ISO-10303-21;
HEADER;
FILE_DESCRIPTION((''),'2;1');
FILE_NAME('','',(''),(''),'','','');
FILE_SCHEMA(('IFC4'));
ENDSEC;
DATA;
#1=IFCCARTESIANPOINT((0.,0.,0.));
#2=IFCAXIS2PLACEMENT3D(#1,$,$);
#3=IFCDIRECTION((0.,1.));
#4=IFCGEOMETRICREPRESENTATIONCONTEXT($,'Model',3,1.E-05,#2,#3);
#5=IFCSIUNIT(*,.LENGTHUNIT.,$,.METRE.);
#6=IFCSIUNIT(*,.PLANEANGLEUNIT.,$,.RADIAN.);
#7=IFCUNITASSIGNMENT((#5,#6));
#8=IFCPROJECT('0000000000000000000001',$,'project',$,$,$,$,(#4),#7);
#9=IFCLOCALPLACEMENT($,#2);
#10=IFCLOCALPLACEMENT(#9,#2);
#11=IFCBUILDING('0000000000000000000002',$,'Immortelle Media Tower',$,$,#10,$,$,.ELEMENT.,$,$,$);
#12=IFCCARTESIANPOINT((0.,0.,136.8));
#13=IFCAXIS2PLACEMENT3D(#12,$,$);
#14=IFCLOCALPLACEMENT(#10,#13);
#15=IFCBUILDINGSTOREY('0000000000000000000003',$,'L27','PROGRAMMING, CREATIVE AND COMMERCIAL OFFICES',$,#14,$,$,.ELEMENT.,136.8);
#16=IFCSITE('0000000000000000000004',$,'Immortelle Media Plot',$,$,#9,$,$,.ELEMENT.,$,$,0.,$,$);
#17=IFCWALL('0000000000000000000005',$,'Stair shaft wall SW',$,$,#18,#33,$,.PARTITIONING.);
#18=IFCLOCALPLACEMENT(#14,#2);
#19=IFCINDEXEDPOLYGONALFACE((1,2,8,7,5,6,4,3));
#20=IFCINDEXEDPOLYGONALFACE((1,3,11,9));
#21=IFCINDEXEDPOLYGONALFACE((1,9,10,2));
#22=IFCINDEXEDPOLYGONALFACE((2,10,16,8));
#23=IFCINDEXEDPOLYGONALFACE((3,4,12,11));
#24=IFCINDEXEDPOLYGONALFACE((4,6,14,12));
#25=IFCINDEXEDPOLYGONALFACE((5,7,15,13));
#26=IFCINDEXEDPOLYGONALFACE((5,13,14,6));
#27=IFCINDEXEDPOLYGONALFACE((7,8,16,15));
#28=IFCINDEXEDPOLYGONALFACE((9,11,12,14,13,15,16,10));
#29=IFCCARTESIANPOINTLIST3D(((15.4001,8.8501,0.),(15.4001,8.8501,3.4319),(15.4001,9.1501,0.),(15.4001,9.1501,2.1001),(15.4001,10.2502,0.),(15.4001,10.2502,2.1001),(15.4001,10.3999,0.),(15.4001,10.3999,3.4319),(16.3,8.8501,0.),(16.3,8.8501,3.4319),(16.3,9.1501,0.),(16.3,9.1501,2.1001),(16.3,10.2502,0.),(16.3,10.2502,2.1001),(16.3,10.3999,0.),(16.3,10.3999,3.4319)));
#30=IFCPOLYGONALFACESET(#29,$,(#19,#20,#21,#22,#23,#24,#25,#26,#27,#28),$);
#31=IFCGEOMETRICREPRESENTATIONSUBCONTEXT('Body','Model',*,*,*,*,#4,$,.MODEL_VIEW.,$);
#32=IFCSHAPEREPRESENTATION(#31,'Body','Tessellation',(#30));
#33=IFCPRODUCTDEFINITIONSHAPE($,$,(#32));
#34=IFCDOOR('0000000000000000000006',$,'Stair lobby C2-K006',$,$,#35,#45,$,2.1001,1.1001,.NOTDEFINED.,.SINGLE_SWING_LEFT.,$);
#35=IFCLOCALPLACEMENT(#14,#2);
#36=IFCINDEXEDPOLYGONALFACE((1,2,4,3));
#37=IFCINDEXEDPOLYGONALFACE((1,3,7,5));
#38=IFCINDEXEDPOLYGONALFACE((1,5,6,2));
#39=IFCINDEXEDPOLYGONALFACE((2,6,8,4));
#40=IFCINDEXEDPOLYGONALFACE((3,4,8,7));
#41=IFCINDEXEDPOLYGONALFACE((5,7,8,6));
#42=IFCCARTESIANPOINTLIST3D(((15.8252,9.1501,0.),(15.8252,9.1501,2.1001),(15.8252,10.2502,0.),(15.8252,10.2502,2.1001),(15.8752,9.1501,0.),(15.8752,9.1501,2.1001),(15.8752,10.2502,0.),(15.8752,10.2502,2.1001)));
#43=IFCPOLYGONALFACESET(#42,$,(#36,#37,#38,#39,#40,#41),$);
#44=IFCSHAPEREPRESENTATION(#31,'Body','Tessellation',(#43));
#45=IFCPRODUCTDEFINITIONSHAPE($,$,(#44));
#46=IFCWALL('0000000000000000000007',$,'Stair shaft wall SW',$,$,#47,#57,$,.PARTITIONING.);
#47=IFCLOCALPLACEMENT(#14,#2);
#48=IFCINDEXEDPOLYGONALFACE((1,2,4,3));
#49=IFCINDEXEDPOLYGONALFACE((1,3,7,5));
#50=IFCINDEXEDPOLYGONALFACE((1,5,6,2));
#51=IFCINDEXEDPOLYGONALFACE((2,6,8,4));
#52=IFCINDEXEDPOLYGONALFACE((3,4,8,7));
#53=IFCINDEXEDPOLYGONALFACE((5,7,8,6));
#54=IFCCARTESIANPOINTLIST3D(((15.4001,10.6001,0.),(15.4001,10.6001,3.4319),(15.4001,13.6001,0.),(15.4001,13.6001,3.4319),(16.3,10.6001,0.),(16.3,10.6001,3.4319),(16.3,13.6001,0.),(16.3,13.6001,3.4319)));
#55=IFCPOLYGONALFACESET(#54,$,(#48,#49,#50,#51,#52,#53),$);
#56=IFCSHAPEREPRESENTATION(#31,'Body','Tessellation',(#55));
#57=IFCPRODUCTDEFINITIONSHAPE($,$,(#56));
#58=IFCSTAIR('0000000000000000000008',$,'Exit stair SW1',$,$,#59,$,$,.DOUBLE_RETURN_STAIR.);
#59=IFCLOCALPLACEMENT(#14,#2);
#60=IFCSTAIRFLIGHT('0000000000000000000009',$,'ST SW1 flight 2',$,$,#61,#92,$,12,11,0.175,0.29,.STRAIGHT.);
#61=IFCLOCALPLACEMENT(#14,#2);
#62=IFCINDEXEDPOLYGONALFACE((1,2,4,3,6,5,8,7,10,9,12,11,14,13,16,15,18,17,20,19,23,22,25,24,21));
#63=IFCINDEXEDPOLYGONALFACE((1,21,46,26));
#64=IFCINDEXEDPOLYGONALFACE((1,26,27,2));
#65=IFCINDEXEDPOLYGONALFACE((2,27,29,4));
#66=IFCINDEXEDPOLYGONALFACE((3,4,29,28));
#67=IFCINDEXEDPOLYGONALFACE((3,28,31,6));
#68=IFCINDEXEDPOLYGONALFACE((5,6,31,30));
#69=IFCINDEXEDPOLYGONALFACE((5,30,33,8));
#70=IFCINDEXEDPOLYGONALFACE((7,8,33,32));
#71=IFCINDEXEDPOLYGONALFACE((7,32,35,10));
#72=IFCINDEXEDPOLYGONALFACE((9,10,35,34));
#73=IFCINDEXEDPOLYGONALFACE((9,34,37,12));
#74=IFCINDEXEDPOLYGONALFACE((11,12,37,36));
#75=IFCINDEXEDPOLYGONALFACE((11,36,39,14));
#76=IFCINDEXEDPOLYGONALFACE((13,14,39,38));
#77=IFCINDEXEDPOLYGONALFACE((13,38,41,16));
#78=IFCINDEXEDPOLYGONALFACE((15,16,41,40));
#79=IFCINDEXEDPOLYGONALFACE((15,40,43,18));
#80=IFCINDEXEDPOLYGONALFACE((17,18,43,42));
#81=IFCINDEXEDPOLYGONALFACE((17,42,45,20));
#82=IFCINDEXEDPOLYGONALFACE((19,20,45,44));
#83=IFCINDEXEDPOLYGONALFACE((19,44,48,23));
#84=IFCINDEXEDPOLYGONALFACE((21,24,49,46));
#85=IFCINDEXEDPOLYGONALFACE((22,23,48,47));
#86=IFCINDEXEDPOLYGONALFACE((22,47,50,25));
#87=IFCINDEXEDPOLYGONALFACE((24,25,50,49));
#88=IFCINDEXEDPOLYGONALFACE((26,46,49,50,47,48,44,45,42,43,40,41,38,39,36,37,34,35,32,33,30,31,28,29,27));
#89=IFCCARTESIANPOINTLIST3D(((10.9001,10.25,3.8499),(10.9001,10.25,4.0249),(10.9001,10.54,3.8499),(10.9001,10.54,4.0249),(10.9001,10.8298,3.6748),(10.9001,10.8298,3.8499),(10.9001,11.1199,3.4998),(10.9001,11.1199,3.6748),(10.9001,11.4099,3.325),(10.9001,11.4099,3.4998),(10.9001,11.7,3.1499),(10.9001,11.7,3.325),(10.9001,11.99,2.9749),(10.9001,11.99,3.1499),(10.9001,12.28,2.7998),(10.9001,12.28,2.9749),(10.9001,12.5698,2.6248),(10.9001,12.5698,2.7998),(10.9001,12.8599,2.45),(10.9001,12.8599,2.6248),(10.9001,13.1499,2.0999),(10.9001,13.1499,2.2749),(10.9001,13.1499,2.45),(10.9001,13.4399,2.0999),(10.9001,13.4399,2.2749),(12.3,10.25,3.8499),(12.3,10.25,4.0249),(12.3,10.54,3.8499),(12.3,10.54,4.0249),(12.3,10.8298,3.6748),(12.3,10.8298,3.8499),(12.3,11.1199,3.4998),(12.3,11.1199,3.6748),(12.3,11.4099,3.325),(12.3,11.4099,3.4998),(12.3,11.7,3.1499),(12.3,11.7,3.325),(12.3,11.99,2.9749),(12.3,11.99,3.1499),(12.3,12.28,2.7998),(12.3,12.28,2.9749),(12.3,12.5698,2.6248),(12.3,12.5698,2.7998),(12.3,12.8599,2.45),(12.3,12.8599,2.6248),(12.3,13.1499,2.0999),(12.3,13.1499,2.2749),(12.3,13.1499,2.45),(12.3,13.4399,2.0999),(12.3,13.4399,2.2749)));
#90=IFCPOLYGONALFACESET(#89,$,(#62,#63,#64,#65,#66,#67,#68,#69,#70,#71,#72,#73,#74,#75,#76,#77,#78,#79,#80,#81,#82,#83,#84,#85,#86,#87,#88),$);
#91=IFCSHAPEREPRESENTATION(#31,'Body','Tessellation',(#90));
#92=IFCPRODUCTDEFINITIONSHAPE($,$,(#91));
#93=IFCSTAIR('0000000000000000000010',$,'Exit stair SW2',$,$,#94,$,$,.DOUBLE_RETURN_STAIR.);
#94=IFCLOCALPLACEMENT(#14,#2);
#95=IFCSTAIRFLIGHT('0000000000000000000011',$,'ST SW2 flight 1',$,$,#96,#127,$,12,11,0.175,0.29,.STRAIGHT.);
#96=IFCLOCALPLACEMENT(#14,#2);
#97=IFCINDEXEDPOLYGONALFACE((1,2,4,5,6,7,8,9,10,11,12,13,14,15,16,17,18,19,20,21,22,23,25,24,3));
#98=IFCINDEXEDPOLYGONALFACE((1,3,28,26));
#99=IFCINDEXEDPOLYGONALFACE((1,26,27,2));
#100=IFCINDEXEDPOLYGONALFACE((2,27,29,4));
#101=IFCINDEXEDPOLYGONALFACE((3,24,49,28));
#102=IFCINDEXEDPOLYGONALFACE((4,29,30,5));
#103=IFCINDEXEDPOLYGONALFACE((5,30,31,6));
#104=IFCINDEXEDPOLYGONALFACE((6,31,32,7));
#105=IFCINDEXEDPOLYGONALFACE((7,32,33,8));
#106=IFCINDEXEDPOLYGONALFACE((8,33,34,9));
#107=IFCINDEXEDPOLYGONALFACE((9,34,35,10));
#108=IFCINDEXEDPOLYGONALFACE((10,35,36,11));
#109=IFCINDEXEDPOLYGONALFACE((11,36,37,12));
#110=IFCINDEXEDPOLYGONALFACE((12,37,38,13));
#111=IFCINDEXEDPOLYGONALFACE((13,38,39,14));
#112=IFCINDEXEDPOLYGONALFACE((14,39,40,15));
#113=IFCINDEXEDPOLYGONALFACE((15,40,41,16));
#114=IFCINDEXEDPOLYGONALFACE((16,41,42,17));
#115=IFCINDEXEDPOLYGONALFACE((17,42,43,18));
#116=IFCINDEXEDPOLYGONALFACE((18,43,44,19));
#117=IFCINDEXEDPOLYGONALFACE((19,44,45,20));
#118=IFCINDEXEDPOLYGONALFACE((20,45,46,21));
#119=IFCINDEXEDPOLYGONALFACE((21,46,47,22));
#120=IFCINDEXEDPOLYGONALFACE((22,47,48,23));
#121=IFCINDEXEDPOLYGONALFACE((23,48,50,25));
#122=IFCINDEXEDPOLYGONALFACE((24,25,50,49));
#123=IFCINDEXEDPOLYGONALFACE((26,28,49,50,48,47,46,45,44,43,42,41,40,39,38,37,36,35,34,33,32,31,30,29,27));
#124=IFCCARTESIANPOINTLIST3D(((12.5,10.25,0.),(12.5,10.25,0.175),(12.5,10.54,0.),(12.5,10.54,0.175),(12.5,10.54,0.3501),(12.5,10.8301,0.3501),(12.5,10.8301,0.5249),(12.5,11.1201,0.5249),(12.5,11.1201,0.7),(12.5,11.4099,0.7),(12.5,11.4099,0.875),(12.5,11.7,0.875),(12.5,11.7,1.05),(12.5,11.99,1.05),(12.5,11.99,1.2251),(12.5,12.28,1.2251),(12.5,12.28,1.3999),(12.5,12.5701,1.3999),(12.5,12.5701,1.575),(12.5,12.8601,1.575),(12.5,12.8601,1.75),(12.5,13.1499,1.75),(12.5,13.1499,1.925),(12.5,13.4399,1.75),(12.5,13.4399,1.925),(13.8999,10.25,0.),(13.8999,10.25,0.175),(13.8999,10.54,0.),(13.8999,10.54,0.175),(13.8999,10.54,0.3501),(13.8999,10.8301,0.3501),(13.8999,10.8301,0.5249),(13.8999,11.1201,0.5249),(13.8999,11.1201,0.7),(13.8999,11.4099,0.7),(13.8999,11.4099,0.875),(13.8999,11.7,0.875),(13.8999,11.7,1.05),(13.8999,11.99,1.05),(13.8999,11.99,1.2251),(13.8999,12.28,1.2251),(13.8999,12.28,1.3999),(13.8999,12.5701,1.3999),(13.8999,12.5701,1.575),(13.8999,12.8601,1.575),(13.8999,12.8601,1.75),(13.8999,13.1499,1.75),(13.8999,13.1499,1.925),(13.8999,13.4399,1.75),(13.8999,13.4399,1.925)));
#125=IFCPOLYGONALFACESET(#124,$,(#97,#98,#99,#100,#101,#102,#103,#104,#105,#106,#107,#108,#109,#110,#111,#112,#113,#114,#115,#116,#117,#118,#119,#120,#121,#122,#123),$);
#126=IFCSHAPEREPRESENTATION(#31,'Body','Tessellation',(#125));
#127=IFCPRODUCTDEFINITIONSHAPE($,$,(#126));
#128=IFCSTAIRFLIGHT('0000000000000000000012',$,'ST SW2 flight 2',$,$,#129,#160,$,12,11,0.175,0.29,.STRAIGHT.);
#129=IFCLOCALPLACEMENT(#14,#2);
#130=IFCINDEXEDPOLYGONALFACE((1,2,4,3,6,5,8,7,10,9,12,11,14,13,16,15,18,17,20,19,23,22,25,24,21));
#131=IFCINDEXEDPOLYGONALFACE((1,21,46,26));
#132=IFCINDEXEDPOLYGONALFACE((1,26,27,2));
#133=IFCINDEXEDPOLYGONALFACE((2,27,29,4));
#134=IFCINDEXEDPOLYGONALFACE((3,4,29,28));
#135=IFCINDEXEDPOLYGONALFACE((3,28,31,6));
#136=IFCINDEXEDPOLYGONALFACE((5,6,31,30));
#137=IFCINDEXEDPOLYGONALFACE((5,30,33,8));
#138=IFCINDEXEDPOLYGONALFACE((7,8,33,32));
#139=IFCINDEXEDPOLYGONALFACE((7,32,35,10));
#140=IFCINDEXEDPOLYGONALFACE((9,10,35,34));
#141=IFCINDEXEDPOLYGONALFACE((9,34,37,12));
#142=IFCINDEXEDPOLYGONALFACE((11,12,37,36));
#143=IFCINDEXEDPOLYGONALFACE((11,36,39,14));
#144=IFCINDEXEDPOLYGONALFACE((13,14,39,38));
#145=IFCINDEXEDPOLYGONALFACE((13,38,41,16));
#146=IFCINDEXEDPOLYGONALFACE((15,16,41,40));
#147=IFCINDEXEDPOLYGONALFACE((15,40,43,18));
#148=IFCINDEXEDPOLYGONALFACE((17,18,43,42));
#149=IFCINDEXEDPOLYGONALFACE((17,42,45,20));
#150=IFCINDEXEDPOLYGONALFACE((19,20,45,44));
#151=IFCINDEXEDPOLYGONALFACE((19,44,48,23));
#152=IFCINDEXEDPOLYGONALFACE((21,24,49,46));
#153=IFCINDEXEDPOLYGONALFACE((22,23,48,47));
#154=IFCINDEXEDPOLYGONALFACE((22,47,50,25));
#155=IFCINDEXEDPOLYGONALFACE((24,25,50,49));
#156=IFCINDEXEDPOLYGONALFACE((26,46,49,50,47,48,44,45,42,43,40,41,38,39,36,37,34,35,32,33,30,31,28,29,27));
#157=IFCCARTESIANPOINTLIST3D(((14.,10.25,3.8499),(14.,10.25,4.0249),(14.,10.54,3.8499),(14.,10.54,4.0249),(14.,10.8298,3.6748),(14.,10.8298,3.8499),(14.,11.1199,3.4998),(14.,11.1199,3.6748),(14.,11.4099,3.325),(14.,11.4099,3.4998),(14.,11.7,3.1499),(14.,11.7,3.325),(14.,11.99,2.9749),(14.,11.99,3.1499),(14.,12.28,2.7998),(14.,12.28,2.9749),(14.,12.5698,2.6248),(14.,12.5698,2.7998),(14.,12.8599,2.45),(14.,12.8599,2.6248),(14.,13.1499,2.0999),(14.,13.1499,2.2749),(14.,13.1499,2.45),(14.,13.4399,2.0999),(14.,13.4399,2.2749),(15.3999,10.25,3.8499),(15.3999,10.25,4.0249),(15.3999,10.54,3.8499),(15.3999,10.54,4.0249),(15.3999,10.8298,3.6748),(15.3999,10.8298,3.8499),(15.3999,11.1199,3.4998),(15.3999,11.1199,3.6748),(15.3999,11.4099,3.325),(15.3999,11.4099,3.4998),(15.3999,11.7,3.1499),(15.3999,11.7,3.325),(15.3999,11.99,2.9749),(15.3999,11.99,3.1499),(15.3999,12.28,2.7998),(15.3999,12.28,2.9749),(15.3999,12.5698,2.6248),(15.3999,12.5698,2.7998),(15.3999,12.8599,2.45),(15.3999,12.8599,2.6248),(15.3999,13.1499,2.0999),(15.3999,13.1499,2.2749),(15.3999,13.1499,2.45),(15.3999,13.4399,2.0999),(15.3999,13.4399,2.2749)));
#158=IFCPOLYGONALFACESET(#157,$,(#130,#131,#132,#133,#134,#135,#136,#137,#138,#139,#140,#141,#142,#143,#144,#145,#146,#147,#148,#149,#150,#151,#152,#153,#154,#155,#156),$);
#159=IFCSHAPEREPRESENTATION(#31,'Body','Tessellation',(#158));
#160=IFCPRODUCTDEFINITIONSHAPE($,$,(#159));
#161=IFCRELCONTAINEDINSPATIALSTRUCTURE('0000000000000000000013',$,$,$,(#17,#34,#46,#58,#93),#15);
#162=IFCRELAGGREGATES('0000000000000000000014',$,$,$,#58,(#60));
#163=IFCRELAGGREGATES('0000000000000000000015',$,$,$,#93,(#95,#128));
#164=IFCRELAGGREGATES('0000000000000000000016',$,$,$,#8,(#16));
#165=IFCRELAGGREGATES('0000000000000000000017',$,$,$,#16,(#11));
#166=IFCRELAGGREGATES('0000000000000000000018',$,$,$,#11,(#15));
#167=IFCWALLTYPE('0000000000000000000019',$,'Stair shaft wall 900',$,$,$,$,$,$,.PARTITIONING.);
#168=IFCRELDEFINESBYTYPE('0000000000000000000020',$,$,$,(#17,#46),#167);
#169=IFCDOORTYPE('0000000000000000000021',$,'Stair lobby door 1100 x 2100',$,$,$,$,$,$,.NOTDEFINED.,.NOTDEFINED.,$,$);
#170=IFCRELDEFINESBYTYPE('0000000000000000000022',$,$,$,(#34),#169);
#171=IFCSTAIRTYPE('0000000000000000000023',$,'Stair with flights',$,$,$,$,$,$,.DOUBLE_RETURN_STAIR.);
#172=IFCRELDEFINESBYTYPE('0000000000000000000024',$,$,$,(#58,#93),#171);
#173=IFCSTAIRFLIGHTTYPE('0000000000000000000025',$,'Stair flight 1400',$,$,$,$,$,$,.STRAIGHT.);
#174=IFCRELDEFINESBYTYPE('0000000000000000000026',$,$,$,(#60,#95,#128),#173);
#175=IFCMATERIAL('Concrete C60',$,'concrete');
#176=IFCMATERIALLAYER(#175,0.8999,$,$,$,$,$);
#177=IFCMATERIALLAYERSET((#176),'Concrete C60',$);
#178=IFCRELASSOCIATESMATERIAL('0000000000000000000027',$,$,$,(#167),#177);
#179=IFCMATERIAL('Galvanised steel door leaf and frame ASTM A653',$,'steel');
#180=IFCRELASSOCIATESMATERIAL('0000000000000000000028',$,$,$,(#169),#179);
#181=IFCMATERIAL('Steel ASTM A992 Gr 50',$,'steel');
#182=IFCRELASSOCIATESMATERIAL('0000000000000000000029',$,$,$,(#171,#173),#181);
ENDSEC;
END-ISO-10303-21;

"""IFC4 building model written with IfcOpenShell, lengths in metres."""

from ifc_helpers import new_model, si_unit, direction, frame, frame_2d, origin, place, context, subcontext, project, spatial, polyline, rectangle, outline, extrude, material, layer, layer_set, type_object, element, fill, aggregate, save


model = new_model("IFC4")

# Units and contexts
model_context = context("Model", 3, precision=1e-05, world=origin(), true_north=direction((0.0, 1.0)))
body_context = subcontext(model_context, "Body", "Model", "MODEL_VIEW")
ifc_project = project(units=[si_unit("LENGTHUNIT", "METRE"), si_unit("PLANEANGLEUNIT", "RADIAN")], contexts=[model_context])

# Site, building, storey
site_placement = place(None, origin())
site = spatial("IfcSite", under=ifc_project, at=site_placement, Name="Immortelle Media Plot", CompositionType="ELEMENT", RefElevation=0.0)
building_placement = place(site_placement, origin())
building = spatial("IfcBuilding", under=site, at=building_placement, Name="Immortelle Media Tower", CompositionType="ELEMENT")
storey_placement = place(building_placement, frame((0.0, 0.0, 136.8)))
storey = spatial("IfcBuildingStorey", under=building, at=storey_placement, Name="L27", Description="PROGRAMMING, CREATIVE AND COMMERCIAL OFFICES", CompositionType="ELEMENT", Elevation=136.8)

# Shared definitions
ifc_material_1 = material(Name="Steel ASTM A992 Gr 50", Category="steel")

# Shared definitions
ifc_material_2 = material(Name="Concrete C60", Category="concrete")

# Wall, opening, door
ifc_layer_1 = layer(ifc_material_2, 0.8999)
ifc_layer_set_1 = layer_set([ifc_layer_1], Name="Concrete C60")
wall_type_1 = type_object("IfcWallType", Name="Stair shaft wall 900", PredefinedType="PARTITIONING", material=ifc_layer_set_1)
wall_1_placement = place(storey_placement, frame((15.8501, 8.8501, 0.0), z_axis=(0.0, 0.0, 1.0), x_axis=(0.0, 1.0, 0.0)))
wall_1 = element("IfcWall", 1, at=wall_1_placement, inside=storey, type_object=wall_type_1, Name="Stair shaft wall SW", PredefinedType="PARTITIONING", context=body_context, shape_type="SweptSolid", body=[
    extrude(rectangle(XDim=1.5498, YDim=0.8999, at=frame_2d((0.7749, 0.0))), origin(), (0.0, 0.0, 1.0), 3.4319),
])
opening_1_placement = place(wall_1_placement, frame((0.3, 0.0, 0.0)))
opening_1 = element("IfcOpeningElement", 2, at=opening_1_placement, cuts=wall_1, PredefinedType="OPENING", context=body_context, shape_type="SweptSolid", body=[
    extrude(rectangle(XDim=1.1001, YDim=2.1001, at=frame_2d((0.55, 1.05))), frame((0.0, 0.46, 0.0), z_axis=(0.0, -1.0, 0.0), x_axis=(1.0, 0.0, 0.0)), (0.0, 0.0, 1.0), 0.9199),
])
ifc_material_3 = material(Name="Galvanised steel door leaf and frame ASTM A653", Category="steel")
door_type_1 = type_object("IfcDoorType", Name="Stair lobby door 1100 x 2100", OperationType="NOTDEFINED", PredefinedType="NOTDEFINED", material=ifc_material_3)
door_1_placement = place(opening_1_placement, origin())
door_1 = element("IfcDoor", 3, at=door_1_placement, inside=storey, type_object=door_type_1, Name="Stair lobby C2-K006", OperationType="SINGLE_SWING_LEFT", OverallHeight=2.1001, OverallWidth=1.1001, PredefinedType="NOTDEFINED", context=body_context, shape_type="SweptSolid", body=[
    extrude(rectangle(XDim=1.1001, YDim=2.1001, at=frame_2d((0.55, 1.05))), frame((0.0, 0.0249, 0.0), z_axis=(0.0, -1.0, 0.0), x_axis=(1.0, 0.0, 0.0)), (0.0, 0.0, 1.0), 0.05),
])
fill(opening_1, door_1)

# Wall
wall_2_placement = place(storey_placement, frame((15.8501, 10.6001, 0.0), z_axis=(0.0, 0.0, 1.0), x_axis=(0.0, 1.0, 0.0)))
element("IfcWall", 4, at=wall_2_placement, inside=storey, type_object=wall_type_1, Name="Stair shaft wall SW", PredefinedType="PARTITIONING", context=body_context, shape_type="SweptSolid", body=[
    extrude(rectangle(XDim=3.0, YDim=0.8999, at=frame_2d((1.5, 0.0))), origin(), (0.0, 0.0, 1.0), 3.4319),
])

# Stair, stair flight
stair_type = type_object("IfcStairType", Name="Stair with flights", PredefinedType="DOUBLE_RETURN_STAIR", material=ifc_material_1)
stair_1_placement = place(storey_placement, origin())
stair_1 = element("IfcStair", 5, at=stair_1_placement, inside=storey, type_object=stair_type, Name="Exit stair SW1", PredefinedType="DOUBLE_RETURN_STAIR")
stair_flight_type = type_object("IfcStairFlightType", Name="Stair flight 1400", PredefinedType="STRAIGHT", material=ifc_material_1)
stair_flight_1_placement = place(storey_placement, frame((11.6001, 13.4399, 2.0999), z_axis=(0.0, 0.0, 1.0), x_axis=(0.0, -1.0, 0.0)))
stair_flight_1 = element("IfcStairFlight", 6, at=stair_flight_1_placement, type_object=stair_flight_type, Name="ST SW1 flight 2", NumberOfRisers=12, NumberOfTreads=11, PredefinedType="STRAIGHT", RiserHeight=0.175, TreadLength=0.29, context=body_context, shape_type="SweptSolid", body=[
    extrude(outline(polyline([(0.0, 0.0), (0.0, 0.175), (0.29, 0.175), (0.29, 0.3501), (0.5801, 0.3501), (0.5801, 0.5249), (0.8701, 0.5249), (0.8701, 0.7), (1.1599, 0.7), (1.1599, 0.875), (1.45, 0.875), (1.45, 1.05), (1.74, 1.05), (1.74, 1.2251), (2.03, 1.2251), (2.03, 1.3999), (2.3201, 1.3999), (2.3201, 1.575), (2.6101, 1.575), (2.6101, 1.75), (2.8999, 1.75), (2.8999, 1.925), (3.1899, 1.925), (3.1899, 2.1001), (3.1899, 1.75), (0.29, 0.0), (0.0, 0.0)])), frame((0.0, 0.7, 0.0), z_axis=(0.0, -1.0, 0.0), x_axis=(1.0, 0.0, 0.0)), (0.0, 0.0, 1.0), 1.3999),
])
aggregate(stair_1, [stair_flight_1])

# Stair, stair flights
stair_2_placement = place(storey_placement, origin())
stair_2 = element("IfcStair", 7, at=stair_2_placement, inside=storey, type_object=stair_type, Name="Exit stair SW2", PredefinedType="DOUBLE_RETURN_STAIR")
stair_flight_2_placement = place(storey_placement, frame((13.2, 10.25, 0.0), z_axis=(0.0, 0.0, 1.0), x_axis=(0.0, 1.0, 0.0)))
stair_flight_2 = element("IfcStairFlight", 8, at=stair_flight_2_placement, type_object=stair_flight_type, Name="ST SW2 flight 1", NumberOfRisers=12, NumberOfTreads=11, PredefinedType="STRAIGHT", RiserHeight=0.175, TreadLength=0.29, context=body_context, shape_type="SweptSolid", body=[
    extrude(outline(polyline([(0.0, 0.0), (0.0, 0.175), (0.29, 0.175), (0.29, 0.3501), (0.5801, 0.3501), (0.5801, 0.5249), (0.8701, 0.5249), (0.8701, 0.7), (1.1599, 0.7), (1.1599, 0.875), (1.45, 0.875), (1.45, 1.05), (1.74, 1.05), (1.74, 1.2251), (2.03, 1.2251), (2.03, 1.3999), (2.3201, 1.3999), (2.3201, 1.575), (2.6101, 1.575), (2.6101, 1.75), (2.8999, 1.75), (2.8999, 1.925), (3.1899, 1.925), (3.1899, 2.1001), (3.1899, 1.75), (0.29, 0.0), (0.0, 0.0)])), frame((0.0, 0.7, 0.0), z_axis=(0.0, -1.0, 0.0), x_axis=(1.0, 0.0, 0.0)), (0.0, 0.0, 1.0), 1.3999),
])
stair_flight_3_placement = place(storey_placement, frame((14.7, 13.4399, 2.0999), z_axis=(0.0, 0.0, 1.0), x_axis=(0.0, -1.0, 0.0)))
stair_flight_3 = element("IfcStairFlight", 9, at=stair_flight_3_placement, type_object=stair_flight_type, Name="ST SW2 flight 2", NumberOfRisers=12, NumberOfTreads=11, PredefinedType="STRAIGHT", RiserHeight=0.175, TreadLength=0.29, context=body_context, shape_type="SweptSolid", body=[
    extrude(outline(polyline([(0.0, 0.0), (0.0, 0.175), (0.29, 0.175), (0.29, 0.3501), (0.5801, 0.3501), (0.5801, 0.5249), (0.8701, 0.5249), (0.8701, 0.7), (1.1599, 0.7), (1.1599, 0.875), (1.45, 0.875), (1.45, 1.05), (1.74, 1.05), (1.74, 1.2251), (2.03, 1.2251), (2.03, 1.3999), (2.3201, 1.3999), (2.3201, 1.575), (2.6101, 1.575), (2.6101, 1.75), (2.8999, 1.75), (2.8999, 1.925), (3.1899, 1.925), (3.1899, 2.1001), (3.1899, 1.75), (0.29, 0.0), (0.0, 0.0)])), frame((0.0, 0.7, 0.0), z_axis=(0.0, -1.0, 0.0), x_axis=(1.0, 0.0, 0.0)), (0.0, 0.0, 1.0), 1.3999),
])
aggregate(stair_2, [stair_flight_2, stair_flight_3])

save(model, "model.ifc")
